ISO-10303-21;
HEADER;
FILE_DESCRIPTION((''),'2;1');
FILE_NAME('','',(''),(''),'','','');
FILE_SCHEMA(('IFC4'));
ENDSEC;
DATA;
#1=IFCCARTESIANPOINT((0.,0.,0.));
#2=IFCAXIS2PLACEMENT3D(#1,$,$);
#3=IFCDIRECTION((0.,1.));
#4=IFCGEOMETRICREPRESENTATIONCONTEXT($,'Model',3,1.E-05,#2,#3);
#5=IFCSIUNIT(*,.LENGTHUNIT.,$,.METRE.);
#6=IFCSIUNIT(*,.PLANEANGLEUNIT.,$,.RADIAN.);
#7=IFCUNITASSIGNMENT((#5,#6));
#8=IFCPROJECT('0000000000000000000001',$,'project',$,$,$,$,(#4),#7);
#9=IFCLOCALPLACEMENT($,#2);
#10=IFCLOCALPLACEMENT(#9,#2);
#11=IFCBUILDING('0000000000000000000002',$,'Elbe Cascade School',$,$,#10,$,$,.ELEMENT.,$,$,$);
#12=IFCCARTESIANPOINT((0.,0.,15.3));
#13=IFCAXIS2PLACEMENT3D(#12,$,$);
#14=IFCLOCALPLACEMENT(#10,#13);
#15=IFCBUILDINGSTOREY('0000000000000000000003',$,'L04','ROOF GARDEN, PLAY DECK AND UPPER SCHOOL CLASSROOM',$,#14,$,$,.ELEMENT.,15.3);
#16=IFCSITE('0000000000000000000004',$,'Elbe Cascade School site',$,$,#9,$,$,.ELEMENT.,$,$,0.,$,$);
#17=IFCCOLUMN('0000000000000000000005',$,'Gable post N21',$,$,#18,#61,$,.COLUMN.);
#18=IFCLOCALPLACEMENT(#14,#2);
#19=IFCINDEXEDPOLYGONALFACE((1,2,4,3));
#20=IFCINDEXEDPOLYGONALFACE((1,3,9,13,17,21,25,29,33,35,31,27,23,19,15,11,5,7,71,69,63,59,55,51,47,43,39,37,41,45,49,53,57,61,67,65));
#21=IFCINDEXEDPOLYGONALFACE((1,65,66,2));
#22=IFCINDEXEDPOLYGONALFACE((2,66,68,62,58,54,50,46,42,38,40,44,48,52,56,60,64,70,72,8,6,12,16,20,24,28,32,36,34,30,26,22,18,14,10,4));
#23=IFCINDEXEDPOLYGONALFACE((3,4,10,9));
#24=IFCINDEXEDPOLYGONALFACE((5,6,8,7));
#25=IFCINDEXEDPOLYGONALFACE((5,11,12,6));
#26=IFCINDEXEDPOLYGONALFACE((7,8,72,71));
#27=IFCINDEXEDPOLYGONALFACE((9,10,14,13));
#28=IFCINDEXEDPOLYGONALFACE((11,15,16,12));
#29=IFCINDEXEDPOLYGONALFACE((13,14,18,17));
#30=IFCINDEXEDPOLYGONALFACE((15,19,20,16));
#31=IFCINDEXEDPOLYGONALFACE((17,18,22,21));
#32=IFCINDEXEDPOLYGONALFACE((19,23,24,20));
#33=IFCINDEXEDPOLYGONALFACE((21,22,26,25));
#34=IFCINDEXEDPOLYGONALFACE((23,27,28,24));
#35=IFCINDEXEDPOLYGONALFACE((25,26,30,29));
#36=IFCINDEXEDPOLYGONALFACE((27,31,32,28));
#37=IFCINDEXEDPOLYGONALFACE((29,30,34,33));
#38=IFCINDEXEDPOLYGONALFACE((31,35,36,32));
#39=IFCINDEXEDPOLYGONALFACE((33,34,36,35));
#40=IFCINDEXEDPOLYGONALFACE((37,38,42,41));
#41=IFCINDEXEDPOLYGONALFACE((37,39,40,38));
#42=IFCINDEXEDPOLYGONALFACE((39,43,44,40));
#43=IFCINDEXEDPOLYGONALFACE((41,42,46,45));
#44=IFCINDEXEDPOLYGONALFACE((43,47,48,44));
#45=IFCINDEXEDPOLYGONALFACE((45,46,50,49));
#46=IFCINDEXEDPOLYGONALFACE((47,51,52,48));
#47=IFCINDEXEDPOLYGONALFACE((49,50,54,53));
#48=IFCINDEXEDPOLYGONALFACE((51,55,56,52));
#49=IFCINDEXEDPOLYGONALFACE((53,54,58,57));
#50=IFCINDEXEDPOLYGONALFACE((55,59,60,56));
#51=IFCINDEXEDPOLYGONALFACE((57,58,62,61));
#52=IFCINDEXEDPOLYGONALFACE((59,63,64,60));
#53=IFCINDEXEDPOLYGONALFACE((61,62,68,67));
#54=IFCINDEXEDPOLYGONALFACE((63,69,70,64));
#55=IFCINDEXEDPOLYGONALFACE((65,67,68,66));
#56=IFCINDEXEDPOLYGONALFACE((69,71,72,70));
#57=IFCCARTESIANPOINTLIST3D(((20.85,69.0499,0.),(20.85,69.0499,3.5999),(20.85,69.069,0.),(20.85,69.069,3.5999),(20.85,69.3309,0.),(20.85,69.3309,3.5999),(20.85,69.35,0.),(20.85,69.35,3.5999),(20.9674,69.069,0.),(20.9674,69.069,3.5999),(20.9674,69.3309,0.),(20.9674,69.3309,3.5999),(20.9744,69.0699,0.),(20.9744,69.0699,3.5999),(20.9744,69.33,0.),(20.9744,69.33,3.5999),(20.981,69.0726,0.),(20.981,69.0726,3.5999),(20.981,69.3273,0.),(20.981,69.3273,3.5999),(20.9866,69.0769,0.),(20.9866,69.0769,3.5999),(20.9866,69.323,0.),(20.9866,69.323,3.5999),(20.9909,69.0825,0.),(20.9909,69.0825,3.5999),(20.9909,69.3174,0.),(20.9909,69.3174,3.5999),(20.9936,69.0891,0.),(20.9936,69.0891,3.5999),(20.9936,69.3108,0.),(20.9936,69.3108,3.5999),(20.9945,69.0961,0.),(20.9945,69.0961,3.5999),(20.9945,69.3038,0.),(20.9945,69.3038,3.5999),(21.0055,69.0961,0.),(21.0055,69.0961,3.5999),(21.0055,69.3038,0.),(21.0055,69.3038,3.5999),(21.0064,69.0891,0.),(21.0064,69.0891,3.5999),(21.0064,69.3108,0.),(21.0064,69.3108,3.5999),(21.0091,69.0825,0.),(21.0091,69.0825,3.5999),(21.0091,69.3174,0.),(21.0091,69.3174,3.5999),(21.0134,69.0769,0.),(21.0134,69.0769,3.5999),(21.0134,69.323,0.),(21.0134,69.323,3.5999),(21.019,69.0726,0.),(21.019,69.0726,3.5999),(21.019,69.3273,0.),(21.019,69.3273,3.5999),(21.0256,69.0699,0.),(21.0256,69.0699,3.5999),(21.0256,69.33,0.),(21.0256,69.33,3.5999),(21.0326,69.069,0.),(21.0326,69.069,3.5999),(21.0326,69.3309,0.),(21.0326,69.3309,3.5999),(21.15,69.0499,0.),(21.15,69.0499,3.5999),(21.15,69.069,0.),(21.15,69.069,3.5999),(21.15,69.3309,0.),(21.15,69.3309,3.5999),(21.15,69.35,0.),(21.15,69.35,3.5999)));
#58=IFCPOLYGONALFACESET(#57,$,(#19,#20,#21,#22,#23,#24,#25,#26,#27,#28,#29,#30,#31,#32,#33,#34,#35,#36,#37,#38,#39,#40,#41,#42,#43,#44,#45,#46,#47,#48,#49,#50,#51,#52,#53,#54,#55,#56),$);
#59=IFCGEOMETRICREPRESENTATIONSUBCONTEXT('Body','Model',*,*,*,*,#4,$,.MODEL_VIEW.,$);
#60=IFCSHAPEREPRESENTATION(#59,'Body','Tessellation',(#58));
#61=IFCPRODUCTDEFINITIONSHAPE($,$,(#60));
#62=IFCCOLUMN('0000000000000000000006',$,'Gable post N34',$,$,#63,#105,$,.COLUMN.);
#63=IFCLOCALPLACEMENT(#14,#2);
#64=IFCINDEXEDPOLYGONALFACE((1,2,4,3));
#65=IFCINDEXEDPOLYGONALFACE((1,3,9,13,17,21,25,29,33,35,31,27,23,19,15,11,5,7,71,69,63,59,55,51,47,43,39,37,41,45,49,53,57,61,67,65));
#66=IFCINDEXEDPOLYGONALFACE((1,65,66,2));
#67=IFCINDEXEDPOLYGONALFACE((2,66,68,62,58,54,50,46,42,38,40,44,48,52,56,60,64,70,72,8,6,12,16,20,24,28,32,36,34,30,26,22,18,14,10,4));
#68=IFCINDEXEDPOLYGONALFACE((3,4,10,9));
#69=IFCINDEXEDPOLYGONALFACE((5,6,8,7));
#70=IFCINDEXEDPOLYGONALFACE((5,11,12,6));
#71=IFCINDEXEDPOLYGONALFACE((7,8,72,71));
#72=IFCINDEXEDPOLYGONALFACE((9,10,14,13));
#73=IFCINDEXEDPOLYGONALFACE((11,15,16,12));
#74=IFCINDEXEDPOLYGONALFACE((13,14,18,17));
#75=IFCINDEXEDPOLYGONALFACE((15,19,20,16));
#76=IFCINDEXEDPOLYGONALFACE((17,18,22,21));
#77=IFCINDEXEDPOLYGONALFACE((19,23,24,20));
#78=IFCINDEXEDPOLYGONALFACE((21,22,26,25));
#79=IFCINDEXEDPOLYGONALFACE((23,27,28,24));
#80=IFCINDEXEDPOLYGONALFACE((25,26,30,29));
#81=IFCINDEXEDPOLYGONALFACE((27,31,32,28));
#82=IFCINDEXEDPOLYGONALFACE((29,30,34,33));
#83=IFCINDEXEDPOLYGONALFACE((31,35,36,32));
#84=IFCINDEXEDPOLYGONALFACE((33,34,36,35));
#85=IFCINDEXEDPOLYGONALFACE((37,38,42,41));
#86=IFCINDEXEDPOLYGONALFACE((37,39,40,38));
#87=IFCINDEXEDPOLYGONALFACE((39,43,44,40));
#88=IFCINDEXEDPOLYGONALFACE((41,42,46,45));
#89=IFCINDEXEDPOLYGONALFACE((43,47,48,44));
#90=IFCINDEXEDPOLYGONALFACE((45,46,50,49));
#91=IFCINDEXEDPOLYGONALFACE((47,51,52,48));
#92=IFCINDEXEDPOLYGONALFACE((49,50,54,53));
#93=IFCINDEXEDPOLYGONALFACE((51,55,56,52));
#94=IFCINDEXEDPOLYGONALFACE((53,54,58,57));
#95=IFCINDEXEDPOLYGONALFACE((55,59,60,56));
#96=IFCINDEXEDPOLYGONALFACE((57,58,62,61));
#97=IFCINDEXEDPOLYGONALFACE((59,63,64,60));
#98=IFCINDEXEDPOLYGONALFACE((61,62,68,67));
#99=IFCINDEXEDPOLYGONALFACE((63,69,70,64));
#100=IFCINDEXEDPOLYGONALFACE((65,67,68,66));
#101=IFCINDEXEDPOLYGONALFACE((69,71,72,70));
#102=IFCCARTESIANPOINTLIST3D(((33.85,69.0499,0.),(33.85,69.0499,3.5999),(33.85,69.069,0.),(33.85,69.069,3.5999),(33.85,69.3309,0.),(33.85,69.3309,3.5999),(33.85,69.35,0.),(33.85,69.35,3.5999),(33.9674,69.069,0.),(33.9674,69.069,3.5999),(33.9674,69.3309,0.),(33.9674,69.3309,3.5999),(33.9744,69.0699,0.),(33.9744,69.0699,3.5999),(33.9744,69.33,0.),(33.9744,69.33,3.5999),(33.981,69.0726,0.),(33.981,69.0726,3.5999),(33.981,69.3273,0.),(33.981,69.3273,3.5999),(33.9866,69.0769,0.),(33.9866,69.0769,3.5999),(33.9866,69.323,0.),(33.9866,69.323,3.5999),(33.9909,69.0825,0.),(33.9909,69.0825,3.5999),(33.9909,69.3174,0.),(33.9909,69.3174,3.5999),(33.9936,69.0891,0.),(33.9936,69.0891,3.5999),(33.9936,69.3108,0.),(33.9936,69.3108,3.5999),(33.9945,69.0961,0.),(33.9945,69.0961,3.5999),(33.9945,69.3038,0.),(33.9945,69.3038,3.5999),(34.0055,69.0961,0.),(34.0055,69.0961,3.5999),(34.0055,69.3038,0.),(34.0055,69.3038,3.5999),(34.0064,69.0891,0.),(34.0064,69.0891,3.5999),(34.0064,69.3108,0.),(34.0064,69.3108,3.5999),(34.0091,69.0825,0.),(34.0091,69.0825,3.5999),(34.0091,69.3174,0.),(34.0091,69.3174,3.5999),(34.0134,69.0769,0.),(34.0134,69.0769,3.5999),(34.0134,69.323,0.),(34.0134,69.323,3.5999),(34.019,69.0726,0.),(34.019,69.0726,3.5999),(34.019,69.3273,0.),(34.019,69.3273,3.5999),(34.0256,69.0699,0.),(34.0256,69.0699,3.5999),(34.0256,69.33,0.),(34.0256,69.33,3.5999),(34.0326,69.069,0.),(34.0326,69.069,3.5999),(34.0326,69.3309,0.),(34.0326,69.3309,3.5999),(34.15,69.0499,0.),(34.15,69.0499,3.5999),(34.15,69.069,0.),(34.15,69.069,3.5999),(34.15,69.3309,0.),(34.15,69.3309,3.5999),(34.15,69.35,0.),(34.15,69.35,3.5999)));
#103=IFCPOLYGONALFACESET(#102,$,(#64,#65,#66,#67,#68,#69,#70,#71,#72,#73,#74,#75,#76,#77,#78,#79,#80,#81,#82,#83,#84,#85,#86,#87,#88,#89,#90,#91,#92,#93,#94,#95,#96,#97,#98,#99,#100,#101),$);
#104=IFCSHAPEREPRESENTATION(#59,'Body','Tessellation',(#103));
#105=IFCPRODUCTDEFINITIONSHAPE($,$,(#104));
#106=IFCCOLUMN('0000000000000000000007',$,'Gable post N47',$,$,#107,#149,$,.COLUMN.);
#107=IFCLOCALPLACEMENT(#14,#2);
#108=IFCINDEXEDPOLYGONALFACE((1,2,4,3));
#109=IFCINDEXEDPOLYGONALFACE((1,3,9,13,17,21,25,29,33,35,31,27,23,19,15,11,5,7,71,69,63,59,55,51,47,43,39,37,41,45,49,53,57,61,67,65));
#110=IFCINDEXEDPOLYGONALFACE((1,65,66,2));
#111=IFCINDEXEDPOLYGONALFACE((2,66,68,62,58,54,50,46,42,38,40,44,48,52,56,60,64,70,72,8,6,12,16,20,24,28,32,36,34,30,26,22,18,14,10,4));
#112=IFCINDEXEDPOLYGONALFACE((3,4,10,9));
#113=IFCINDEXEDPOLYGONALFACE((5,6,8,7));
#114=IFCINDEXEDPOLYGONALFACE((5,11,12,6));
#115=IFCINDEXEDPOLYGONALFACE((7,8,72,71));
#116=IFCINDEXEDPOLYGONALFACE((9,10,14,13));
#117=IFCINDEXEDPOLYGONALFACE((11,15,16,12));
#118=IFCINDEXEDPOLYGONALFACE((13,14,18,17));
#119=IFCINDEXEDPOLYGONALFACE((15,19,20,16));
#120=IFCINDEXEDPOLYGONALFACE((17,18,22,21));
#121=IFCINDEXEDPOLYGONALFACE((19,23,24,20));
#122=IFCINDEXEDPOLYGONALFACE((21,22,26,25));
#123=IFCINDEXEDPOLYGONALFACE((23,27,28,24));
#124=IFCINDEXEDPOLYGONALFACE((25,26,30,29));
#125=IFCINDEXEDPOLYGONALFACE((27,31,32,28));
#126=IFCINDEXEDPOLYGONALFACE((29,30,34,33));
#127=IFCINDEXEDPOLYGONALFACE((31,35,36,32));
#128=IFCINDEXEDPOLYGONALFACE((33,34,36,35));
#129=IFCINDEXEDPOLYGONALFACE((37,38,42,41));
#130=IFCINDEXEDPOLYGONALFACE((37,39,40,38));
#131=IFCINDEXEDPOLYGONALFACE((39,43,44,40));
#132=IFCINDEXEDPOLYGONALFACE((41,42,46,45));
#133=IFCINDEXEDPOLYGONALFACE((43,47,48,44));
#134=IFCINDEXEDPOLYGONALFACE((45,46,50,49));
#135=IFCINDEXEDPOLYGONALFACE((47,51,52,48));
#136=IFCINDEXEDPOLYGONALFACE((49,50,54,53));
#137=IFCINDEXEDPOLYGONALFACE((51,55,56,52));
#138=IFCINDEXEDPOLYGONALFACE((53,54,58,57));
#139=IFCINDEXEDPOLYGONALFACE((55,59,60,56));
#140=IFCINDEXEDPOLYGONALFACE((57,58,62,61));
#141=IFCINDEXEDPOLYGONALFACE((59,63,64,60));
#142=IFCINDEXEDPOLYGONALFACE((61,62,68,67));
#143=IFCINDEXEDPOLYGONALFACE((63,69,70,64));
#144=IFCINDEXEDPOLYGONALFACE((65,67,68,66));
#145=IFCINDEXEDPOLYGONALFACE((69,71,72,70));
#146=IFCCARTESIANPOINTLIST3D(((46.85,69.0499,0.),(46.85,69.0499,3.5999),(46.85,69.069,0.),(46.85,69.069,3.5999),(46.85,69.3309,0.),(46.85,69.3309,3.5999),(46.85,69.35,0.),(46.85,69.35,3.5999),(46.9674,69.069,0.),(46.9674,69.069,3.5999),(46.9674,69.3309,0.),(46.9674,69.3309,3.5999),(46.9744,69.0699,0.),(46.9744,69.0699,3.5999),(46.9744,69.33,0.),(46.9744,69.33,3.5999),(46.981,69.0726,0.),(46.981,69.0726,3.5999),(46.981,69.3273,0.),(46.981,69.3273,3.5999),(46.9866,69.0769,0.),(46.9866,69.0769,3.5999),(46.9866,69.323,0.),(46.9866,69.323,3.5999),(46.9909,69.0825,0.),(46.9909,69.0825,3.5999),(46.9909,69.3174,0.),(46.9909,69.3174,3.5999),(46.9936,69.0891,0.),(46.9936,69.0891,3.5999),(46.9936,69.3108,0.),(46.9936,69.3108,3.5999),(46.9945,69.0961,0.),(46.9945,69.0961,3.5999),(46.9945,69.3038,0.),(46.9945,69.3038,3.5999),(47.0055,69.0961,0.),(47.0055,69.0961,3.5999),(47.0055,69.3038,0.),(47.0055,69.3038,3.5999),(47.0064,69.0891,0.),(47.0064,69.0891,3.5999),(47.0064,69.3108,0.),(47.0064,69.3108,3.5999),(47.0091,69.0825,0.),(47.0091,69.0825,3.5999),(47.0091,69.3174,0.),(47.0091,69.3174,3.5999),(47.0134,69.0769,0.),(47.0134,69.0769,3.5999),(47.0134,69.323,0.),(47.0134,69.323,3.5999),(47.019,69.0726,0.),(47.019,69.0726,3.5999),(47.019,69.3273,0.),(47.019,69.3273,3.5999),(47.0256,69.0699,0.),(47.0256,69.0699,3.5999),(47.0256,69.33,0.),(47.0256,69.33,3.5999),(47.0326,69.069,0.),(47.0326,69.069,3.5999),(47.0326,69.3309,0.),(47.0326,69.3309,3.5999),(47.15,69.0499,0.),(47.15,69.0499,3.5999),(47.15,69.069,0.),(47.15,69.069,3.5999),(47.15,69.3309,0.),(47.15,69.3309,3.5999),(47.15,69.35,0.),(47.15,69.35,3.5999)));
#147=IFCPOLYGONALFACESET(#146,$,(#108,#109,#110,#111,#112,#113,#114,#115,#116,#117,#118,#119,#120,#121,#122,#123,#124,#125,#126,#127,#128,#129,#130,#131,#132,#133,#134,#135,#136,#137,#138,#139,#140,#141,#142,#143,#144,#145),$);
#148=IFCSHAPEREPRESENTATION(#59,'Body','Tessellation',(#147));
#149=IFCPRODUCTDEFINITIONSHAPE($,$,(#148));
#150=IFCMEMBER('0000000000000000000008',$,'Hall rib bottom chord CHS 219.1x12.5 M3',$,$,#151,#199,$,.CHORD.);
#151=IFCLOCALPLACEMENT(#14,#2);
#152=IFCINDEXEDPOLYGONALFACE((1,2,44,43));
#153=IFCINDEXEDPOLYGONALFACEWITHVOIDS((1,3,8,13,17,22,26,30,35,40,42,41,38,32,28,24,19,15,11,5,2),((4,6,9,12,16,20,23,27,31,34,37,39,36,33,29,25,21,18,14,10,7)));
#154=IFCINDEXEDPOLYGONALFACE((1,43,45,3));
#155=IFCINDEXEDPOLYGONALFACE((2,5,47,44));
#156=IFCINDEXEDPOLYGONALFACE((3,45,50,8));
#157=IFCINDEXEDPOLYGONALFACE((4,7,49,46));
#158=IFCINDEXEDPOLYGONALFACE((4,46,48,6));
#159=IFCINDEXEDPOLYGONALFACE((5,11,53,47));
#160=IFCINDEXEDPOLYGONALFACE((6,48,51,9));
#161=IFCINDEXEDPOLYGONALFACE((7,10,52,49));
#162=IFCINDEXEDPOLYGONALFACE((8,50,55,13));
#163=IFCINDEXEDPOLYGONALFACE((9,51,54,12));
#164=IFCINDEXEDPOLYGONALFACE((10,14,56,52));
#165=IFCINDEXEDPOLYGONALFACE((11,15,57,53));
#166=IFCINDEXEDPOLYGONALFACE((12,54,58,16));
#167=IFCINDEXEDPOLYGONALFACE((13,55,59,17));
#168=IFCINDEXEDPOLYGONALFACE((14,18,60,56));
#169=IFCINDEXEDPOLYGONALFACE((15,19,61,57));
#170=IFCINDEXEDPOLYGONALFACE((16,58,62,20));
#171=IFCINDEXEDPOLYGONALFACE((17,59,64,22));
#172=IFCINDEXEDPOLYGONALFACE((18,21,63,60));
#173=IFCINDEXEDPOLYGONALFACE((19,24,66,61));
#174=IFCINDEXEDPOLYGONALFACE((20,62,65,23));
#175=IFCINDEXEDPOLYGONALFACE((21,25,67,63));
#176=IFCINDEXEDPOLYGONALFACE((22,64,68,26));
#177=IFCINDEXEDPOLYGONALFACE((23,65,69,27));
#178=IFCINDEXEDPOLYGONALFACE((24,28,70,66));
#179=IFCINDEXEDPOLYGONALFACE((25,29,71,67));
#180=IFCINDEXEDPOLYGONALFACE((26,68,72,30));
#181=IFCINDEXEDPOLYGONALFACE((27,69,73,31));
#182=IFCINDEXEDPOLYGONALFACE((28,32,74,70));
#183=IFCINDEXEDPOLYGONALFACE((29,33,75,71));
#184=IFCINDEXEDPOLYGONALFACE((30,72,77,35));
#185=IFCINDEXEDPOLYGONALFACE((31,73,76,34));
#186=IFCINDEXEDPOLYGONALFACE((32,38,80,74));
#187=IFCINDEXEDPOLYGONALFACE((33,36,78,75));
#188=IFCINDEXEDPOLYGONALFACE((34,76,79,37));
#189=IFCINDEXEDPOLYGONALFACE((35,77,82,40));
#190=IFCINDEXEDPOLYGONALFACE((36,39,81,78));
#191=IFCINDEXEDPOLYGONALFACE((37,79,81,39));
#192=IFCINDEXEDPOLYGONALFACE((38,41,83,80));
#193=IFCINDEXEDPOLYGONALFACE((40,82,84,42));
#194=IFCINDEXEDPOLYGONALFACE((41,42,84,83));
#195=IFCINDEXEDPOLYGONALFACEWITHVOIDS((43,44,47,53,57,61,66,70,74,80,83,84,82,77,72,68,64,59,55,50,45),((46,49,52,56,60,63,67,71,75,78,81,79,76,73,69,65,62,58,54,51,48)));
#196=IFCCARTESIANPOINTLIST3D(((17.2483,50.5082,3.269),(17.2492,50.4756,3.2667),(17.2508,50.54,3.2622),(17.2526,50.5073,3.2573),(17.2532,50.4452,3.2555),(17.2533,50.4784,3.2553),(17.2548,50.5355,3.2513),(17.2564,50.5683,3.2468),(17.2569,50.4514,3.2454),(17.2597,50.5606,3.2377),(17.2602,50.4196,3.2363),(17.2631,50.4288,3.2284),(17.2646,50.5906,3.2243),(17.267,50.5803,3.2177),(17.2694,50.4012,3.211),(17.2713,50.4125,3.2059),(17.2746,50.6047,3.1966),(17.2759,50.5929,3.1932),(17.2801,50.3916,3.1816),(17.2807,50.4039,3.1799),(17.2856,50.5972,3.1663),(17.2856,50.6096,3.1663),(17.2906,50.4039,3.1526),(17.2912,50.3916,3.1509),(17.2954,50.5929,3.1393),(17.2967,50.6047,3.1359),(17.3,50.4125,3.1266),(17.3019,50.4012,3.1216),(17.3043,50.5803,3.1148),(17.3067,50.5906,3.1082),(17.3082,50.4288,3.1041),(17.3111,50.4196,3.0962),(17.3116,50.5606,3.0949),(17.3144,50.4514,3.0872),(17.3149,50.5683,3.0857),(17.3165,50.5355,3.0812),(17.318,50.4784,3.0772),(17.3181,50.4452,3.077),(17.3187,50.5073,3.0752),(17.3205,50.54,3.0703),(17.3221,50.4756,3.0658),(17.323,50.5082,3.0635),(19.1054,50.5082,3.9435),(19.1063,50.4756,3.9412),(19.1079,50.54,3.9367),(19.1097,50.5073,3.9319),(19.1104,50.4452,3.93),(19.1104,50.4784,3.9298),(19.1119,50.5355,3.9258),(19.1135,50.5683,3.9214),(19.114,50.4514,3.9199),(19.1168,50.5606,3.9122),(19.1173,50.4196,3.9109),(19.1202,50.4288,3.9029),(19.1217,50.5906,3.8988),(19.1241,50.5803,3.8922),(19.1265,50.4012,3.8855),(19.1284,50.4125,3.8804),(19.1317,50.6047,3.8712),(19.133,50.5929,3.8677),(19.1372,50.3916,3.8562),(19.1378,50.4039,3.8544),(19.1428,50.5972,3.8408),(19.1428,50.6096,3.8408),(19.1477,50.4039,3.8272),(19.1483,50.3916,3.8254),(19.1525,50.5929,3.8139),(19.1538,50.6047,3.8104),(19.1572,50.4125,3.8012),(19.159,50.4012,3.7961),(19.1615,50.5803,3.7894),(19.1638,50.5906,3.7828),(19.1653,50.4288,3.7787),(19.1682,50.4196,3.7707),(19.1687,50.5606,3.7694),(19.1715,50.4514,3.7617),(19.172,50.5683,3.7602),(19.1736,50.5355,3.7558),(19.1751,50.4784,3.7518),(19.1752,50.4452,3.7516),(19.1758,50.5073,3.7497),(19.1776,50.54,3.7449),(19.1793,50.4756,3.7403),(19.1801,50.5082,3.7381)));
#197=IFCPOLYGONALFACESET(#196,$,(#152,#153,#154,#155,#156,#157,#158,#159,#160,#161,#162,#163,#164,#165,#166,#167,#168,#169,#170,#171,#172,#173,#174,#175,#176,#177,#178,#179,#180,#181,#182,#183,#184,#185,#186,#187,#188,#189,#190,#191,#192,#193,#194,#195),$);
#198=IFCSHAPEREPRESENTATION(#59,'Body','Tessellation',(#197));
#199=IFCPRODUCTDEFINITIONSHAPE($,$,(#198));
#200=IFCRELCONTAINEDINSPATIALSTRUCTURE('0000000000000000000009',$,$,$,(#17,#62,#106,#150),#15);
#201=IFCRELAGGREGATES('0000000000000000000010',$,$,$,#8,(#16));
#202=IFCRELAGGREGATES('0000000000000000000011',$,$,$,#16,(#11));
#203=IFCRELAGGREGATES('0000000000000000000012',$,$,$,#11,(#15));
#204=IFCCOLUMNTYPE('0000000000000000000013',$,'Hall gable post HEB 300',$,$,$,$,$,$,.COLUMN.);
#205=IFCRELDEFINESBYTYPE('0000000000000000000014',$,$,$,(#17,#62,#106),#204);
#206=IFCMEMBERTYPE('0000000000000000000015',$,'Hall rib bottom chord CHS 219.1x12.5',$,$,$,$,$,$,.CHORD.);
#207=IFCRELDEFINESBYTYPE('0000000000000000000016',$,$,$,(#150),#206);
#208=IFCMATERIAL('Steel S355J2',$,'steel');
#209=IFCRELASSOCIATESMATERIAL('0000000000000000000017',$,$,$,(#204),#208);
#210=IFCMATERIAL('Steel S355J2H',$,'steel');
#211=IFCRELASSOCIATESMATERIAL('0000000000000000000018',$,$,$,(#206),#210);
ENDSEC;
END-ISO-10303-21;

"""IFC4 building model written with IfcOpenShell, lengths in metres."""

from ifc_helpers import new_model, si_unit, direction, frame, origin, origin_2d, place, context, subcontext, project, spatial, hollow_circle, i_section, extrude, material, material_profile, profile_set, type_object, element, save


model = new_model("IFC4")

# Units and contexts
model_context = context("Model", 3, precision=1e-05, world=origin(), true_north=direction((0.0, 1.0)))
body_context = subcontext(model_context, "Body", "Model", "MODEL_VIEW")
ifc_project = project(units=[si_unit("LENGTHUNIT", "METRE"), si_unit("PLANEANGLEUNIT", "RADIAN")], contexts=[model_context])

# Site, building, storey
site_placement = place(None, origin())
site = spatial("IfcSite", under=ifc_project, at=site_placement, Name="Elbe Cascade School site", CompositionType="ELEMENT", RefElevation=0.0)
building_placement = place(site_placement, origin())
building = spatial("IfcBuilding", under=site, at=building_placement, Name="Elbe Cascade School", CompositionType="ELEMENT")
storey_placement = place(building_placement, frame((0.0, 0.0, 15.3)))
storey = spatial("IfcBuildingStorey", under=building, at=storey_placement, Name="L04", Description="ROOF GARDEN, PLAY DECK AND UPPER SCHOOL CLASSROOM", CompositionType="ELEMENT", Elevation=15.3)

# Columns
ifc_material_1 = material(Name="Steel S355J2", Category="steel")
ifc_material_profile_1 = material_profile(ifc_material_1, i_section(OverallWidth=0.3, OverallDepth=0.3, WebThickness=0.011, FlangeThickness=0.019, FilletRadius=0.0271, at=origin_2d()), Name="HEB 300")
ifc_profile_set_1 = profile_set([ifc_material_profile_1], Name="Steel S355J2")
column_type = type_object("IfcColumnType", Name="Hall gable post HEB 300", PredefinedType="COLUMN", material=ifc_profile_set_1)
for number, where, z_axis, x_axis, name in (
    (1, (21.0, 69.2, 0.0), (0.0, 0.0, 1.0), (1.0, 0.0, 0.0), "Gable post N21"),
    (2, (34.0, 69.2, 0.0), (0.0, 0.0, 1.0), (1.0, 0.0, 0.0), "Gable post N34"),
    (3, (47.0, 69.2, 0.0), (0.0, 0.0, 1.0), (1.0, 0.0, 0.0), "Gable post N47"),
):
    element("IfcColumn", number, at=place(storey_placement, frame(where, z_axis=z_axis, x_axis=x_axis)), inside=storey, type_object=column_type, Name=name, PredefinedType="COLUMN", context=body_context, shape_type="SweptSolid", body=[
        extrude(i_section(OverallWidth=0.3, OverallDepth=0.3, WebThickness=0.011, FlangeThickness=0.019, FilletRadius=0.0271, at=origin_2d()), origin(), (0.0, 0.0, 1.0), 3.5999),
    ])

# Member
ifc_material_2 = material(Name="Steel S355J2H", Category="steel")
ifc_material_profile_2 = material_profile(ifc_material_2, hollow_circle(Radius=0.1096, WallThickness=0.0125, at=origin_2d()), Name="CHS 219.1x12.5")
ifc_profile_set_2 = profile_set([ifc_material_profile_2], Name="Steel S355J2H")
member_type_1 = type_object("IfcMemberType", Name="Hall rib bottom chord CHS 219.1x12.5", PredefinedType="CHORD", material=ifc_profile_set_2)
for number, where, z_axis, x_axis, name in (
    (4, (17.2856, 50.5, 3.1663), (0.93992, 0.0, 0.341396), (0.0, 1.0, 0.0), "Hall rib bottom chord CHS 219.1x12.5 M3"),
):
    element("IfcMember", number, at=place(storey_placement, frame(where, z_axis=z_axis, x_axis=x_axis)), inside=storey, type_object=member_type_1, Name=name, PredefinedType="CHORD", context=body_context, shape_type="SweptSolid", body=[
        extrude(hollow_circle(Radius=0.1096, WallThickness=0.0125, at=origin_2d()), origin(), (0.0, 0.0, 1.0), 1.9758),
    ])

save(model, "model.ifc")
